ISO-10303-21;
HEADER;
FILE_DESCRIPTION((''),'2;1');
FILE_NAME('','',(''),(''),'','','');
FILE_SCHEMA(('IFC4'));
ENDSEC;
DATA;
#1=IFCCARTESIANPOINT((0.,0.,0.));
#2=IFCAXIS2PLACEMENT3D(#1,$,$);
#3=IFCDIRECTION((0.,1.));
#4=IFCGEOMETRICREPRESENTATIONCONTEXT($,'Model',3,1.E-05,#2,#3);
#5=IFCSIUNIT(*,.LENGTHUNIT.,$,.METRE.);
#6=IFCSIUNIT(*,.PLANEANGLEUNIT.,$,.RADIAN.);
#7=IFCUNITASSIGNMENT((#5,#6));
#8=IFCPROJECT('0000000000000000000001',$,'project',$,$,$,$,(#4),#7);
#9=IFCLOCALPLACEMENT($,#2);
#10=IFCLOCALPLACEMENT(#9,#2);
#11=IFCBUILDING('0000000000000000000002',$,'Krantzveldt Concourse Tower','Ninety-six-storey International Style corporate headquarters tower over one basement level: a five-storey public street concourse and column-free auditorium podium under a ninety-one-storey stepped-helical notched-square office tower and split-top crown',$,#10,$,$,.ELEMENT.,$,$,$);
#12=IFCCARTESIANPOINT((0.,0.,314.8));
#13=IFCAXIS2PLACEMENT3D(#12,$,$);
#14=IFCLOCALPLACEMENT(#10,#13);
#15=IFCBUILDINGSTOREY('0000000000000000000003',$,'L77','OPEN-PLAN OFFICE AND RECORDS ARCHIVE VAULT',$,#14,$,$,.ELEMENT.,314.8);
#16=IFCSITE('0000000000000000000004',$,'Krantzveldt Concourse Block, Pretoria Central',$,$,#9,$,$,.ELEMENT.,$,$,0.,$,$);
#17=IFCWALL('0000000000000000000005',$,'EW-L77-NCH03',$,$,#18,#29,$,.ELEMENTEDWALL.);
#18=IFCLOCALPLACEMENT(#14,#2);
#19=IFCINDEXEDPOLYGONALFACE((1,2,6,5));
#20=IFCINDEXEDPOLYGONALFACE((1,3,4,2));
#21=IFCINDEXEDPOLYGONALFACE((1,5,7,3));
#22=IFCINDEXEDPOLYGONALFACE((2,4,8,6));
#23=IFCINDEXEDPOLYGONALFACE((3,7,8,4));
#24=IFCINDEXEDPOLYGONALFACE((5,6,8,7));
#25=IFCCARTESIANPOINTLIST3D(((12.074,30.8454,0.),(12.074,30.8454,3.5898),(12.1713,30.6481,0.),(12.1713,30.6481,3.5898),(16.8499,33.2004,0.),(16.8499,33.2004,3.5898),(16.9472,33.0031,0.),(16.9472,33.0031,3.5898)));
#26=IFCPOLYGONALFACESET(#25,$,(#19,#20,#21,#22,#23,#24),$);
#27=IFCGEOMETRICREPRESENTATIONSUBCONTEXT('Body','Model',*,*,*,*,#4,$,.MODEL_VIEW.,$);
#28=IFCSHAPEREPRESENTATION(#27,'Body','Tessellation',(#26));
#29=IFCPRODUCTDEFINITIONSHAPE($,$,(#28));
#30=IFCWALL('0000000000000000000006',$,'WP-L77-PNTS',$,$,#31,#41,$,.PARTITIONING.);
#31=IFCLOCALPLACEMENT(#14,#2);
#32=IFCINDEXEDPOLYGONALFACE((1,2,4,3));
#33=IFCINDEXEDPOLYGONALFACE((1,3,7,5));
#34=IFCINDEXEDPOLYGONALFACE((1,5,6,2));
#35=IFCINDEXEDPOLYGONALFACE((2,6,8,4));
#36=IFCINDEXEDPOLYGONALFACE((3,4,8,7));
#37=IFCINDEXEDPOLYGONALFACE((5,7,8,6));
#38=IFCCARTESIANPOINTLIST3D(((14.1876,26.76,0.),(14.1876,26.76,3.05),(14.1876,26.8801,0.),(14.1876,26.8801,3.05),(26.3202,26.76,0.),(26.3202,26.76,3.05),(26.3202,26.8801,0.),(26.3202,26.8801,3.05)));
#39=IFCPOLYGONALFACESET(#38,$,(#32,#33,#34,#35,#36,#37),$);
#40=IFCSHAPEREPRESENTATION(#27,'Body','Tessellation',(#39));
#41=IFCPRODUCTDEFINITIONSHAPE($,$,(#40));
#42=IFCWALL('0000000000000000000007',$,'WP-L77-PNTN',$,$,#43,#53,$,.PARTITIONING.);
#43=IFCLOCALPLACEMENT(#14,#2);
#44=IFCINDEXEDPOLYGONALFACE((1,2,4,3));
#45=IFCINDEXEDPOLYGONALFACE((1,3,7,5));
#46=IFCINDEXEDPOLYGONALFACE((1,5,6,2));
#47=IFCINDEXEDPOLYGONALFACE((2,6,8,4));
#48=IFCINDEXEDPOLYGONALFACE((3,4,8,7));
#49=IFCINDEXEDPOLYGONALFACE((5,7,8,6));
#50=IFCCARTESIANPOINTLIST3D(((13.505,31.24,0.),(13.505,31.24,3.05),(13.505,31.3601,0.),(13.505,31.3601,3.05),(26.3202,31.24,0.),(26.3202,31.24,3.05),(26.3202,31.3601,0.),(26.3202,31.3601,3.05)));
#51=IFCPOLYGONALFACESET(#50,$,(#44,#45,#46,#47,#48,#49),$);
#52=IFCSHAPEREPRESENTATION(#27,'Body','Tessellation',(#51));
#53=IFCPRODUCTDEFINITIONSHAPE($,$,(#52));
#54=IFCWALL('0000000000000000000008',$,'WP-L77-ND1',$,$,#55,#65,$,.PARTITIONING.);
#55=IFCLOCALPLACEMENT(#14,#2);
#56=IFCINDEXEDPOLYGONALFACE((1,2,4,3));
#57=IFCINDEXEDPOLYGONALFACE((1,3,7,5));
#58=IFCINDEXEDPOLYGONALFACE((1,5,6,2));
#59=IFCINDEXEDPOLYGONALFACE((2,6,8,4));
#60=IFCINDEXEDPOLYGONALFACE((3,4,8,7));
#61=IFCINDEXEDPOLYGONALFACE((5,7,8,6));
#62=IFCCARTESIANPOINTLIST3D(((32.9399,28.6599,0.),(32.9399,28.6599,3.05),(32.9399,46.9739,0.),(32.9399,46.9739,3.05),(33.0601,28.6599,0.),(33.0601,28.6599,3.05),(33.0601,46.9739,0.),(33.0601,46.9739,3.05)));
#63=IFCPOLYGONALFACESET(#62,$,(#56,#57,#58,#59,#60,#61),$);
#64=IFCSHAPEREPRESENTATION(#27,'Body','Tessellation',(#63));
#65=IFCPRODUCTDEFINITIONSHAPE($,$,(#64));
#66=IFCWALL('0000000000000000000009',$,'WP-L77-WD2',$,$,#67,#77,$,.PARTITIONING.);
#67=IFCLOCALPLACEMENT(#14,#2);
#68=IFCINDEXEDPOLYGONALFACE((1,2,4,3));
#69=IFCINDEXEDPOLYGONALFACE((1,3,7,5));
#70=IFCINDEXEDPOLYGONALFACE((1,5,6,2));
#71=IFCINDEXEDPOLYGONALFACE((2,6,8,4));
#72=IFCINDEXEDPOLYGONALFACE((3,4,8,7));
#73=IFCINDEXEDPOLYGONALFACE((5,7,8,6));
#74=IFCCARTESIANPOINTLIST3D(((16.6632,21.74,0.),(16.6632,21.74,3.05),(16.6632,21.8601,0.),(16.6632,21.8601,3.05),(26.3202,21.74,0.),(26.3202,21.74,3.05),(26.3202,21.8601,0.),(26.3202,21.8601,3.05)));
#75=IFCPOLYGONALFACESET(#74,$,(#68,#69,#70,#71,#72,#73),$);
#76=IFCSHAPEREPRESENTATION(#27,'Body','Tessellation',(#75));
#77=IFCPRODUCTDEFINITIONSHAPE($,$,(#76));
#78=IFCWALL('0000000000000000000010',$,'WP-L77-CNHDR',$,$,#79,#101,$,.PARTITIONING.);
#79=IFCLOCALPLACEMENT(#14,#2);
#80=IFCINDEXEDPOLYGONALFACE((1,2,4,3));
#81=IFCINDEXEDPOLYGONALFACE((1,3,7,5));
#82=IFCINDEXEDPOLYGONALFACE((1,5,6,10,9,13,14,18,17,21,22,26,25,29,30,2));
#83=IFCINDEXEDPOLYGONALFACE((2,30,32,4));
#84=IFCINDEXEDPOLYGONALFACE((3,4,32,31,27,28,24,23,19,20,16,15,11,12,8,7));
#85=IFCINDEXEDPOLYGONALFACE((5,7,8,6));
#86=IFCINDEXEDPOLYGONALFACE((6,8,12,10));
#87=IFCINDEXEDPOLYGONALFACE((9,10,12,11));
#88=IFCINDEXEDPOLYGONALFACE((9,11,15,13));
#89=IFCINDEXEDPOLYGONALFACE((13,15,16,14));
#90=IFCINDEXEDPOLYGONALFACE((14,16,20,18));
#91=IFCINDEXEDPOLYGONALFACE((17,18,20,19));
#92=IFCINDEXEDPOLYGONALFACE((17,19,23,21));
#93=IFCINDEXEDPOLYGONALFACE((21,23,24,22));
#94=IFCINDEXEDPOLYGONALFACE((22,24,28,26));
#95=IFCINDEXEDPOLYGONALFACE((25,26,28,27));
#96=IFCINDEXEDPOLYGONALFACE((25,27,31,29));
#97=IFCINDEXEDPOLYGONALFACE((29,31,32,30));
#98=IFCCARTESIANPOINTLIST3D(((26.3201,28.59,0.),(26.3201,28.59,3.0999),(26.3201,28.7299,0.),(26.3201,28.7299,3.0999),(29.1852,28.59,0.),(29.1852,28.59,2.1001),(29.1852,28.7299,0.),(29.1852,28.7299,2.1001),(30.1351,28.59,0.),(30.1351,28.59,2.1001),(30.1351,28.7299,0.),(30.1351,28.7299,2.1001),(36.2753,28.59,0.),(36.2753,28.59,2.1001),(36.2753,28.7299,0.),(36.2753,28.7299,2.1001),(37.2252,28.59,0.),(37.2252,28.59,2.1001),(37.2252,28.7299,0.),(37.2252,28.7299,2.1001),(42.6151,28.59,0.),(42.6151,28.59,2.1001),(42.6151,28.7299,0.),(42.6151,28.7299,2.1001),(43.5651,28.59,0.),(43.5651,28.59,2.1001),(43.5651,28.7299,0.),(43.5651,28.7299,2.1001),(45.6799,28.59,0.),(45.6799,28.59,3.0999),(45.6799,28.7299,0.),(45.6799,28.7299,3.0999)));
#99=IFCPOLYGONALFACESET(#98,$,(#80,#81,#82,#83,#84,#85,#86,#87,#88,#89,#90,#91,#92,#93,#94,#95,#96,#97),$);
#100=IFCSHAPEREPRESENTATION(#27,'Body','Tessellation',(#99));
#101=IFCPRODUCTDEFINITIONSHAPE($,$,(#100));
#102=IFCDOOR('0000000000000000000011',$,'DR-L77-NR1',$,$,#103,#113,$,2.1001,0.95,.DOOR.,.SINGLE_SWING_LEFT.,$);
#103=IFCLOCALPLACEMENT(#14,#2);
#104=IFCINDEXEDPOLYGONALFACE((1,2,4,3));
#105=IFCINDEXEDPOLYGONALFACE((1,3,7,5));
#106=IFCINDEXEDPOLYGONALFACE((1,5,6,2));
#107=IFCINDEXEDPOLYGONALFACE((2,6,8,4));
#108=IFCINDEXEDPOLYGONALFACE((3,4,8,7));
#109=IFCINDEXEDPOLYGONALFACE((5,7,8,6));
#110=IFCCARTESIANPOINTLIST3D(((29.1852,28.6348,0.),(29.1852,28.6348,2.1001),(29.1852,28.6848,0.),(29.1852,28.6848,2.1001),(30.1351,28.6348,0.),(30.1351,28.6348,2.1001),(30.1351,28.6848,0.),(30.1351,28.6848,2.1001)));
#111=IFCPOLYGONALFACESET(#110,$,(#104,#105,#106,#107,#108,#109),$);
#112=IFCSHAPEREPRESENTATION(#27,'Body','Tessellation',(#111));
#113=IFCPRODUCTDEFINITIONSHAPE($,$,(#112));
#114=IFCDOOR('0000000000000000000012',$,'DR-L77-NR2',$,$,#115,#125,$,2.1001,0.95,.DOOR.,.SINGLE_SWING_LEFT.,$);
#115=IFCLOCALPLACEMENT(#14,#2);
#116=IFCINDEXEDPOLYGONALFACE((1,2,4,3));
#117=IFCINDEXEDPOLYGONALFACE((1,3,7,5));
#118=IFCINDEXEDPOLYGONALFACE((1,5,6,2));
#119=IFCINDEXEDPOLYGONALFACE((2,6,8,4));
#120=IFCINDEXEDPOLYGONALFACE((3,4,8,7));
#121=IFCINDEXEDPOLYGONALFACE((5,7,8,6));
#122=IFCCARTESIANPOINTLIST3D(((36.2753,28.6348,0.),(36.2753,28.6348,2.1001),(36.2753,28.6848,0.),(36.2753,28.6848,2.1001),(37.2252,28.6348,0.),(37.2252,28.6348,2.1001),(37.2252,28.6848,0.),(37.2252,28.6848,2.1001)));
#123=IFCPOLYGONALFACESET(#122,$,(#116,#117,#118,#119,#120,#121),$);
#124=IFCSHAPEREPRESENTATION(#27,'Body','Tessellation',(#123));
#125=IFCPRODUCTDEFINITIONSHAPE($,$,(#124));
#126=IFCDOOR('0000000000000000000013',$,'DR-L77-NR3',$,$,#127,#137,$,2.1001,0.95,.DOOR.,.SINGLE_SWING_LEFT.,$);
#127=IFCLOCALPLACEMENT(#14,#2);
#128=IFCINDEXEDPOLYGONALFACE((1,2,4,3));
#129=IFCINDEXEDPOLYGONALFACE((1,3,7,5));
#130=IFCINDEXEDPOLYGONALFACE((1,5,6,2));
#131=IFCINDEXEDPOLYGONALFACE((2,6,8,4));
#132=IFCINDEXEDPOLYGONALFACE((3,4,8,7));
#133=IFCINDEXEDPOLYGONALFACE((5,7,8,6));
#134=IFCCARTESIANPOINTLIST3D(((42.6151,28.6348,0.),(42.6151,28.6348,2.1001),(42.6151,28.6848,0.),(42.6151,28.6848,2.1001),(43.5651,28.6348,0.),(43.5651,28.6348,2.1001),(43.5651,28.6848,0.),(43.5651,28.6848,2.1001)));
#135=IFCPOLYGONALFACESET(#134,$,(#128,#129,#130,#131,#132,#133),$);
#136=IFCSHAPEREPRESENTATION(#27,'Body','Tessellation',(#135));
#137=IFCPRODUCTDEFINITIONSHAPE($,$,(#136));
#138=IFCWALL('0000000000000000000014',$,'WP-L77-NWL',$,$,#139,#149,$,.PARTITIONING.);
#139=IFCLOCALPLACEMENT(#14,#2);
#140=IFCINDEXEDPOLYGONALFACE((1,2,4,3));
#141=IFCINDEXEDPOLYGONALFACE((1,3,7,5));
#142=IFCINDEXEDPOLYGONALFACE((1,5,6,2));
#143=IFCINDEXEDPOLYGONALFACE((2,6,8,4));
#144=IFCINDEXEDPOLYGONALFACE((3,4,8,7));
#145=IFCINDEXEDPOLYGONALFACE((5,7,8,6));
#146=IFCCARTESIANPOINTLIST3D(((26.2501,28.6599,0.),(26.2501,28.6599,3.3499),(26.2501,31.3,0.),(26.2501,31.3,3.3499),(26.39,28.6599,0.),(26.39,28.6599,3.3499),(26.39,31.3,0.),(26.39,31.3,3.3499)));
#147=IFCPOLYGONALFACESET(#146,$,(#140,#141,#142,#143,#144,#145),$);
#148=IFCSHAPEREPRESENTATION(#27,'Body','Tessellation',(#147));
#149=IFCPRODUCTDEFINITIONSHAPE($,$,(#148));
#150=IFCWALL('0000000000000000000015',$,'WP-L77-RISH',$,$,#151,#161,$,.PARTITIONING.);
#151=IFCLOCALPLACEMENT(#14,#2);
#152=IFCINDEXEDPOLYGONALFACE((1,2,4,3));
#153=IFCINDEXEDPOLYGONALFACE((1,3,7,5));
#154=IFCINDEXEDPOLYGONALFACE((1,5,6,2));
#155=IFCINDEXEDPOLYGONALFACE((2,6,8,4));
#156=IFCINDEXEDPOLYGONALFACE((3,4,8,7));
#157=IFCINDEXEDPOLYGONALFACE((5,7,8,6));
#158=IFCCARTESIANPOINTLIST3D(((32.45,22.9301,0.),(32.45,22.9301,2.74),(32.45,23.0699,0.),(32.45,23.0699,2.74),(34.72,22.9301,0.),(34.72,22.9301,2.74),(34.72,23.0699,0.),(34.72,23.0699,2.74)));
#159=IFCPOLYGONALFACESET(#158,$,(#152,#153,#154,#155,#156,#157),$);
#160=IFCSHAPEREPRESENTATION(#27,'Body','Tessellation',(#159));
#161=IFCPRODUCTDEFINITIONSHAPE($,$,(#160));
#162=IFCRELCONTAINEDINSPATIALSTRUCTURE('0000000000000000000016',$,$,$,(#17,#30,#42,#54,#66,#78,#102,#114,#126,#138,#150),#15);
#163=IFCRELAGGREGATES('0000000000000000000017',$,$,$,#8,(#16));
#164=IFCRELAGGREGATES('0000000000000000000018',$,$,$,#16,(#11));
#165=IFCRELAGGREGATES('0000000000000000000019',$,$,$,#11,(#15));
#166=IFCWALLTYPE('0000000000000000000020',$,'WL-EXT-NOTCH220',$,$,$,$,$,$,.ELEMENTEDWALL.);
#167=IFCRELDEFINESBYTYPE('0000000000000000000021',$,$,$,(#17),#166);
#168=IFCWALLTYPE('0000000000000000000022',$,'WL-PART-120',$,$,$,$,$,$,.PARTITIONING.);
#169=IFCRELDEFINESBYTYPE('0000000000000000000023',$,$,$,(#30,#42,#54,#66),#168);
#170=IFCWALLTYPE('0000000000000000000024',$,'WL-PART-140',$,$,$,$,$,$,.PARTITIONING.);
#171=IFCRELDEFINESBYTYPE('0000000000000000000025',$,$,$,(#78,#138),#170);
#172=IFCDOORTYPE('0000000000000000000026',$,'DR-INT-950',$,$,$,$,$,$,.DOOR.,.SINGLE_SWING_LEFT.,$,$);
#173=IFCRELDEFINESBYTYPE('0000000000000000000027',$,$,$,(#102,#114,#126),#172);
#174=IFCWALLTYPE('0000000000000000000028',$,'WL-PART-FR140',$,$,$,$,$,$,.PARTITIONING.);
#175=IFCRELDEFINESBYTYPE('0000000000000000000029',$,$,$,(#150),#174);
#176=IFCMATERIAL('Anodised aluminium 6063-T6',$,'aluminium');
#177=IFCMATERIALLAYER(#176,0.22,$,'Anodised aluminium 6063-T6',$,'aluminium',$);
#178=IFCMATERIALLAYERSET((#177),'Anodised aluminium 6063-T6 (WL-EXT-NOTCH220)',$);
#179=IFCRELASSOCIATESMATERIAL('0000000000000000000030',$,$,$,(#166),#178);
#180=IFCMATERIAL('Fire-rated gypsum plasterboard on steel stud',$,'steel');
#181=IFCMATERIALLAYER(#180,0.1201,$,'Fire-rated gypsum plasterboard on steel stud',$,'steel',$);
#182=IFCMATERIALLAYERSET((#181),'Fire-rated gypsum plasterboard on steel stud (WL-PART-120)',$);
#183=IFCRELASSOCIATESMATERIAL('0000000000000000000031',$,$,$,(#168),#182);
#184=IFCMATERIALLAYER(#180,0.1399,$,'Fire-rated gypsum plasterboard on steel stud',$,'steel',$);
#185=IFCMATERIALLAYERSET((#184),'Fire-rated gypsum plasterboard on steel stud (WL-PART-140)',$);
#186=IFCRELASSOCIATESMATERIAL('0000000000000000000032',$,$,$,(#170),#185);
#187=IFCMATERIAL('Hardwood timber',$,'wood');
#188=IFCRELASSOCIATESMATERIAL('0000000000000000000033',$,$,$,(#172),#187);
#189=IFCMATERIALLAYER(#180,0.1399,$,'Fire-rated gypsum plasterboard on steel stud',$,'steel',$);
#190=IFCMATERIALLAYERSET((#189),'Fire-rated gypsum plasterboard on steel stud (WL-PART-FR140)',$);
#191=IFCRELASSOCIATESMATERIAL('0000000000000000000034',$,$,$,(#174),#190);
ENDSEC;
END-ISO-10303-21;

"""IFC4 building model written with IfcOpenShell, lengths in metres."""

from ifc_helpers import new_model, si_unit, direction, frame, frame_2d, origin, place, context, subcontext, project, spatial, rectangle, extrude, material, layer, layer_set, type_object, element, fill, save


model = new_model("IFC4")

# Units and contexts
model_context = context("Model", 3, precision=1e-05, world=origin(), true_north=direction((0.0, 1.0)))
body_context = subcontext(model_context, "Body", "Model", "MODEL_VIEW")
ifc_project = project(units=[si_unit("LENGTHUNIT", "METRE"), si_unit("PLANEANGLEUNIT", "RADIAN")], contexts=[model_context])

# Site, building, storey
site_placement = place(None, origin())
site = spatial("IfcSite", under=ifc_project, at=site_placement, Name="Krantzveldt Concourse Block, Pretoria Central", CompositionType="ELEMENT", RefElevation=0.0)
building_placement = place(site_placement, origin())
building = spatial("IfcBuilding", under=site, at=building_placement, Name="Krantzveldt Concourse Tower", Description="Ninety-six-storey International Style corporate headquarters tower over one basement level: a five-storey public street concourse and column-free auditorium podium under a ninety-one-storey stepped-helical notched-square office tower and split-top crown", CompositionType="ELEMENT")
storey_placement = place(building_placement, frame((0.0, 0.0, 314.8)))
storey = spatial("IfcBuildingStorey", under=building, at=storey_placement, Name="L77", Description="OPEN-PLAN OFFICE AND RECORDS ARCHIVE VAULT", CompositionType="ELEMENT", Elevation=314.8)

# Shared definitions
ifc_material_1 = material(Name="Anodised aluminium 6063-T6", Category="aluminium")

# Walls
ifc_layer_1 = layer(ifc_material_1, 0.22, Name="Anodised aluminium 6063-T6", Category="aluminium")
ifc_layer_set_1 = layer_set([ifc_layer_1], Name="Anodised aluminium 6063-T6 (WL-EXT-NOTCH220)")
wall_type_1 = type_object("IfcWallType", Name="WL-EXT-NOTCH220", PredefinedType="ELEMENTEDWALL", material=ifc_layer_set_1)
wall_1_placement = place(storey_placement, frame((16.8987, 33.1018, 0.0), z_axis=(0.0, 0.0, 1.0), x_axis=(-0.896889, -0.442255, 0.0)))
element("IfcWall", 1, at=wall_1_placement, inside=storey, type_object=wall_type_1, Name="EW-L77-NCH03", PredefinedType="ELEMENTEDWALL", context=body_context, shape_type="SweptSolid", body=[
    extrude(rectangle(XDim=5.325, YDim=0.22, at=frame_2d((2.6626, 0.0))), origin(), (0.0, 0.0, 1.0), 3.5898),
])
ifc_material_2 = material(Name="Fire-rated gypsum plasterboard on steel stud", Category="steel")
ifc_layer_2 = layer(ifc_material_2, 0.1201, Name="Fire-rated gypsum plasterboard on steel stud", Category="steel")
ifc_layer_set_2 = layer_set([ifc_layer_2], Name="Fire-rated gypsum plasterboard on steel stud (WL-PART-120)")
wall_type_2 = type_object("IfcWallType", Name="WL-PART-120", PredefinedType="PARTITIONING", material=ifc_layer_set_2)
wall_2_placement = place(storey_placement, frame((14.1875, 26.8201, 0.0), z_axis=(0.0, 0.0, 1.0), x_axis=(1.0, 0.0, 0.0)))
element("IfcWall", 2, at=wall_2_placement, inside=storey, type_object=wall_type_2, Name="WP-L77-PNTS", PredefinedType="PARTITIONING", context=body_context, shape_type="SweptSolid", body=[
    extrude(rectangle(XDim=12.1326, YDim=0.1201, at=frame_2d((6.0664, 0.0))), origin(), (0.0, 0.0, 1.0), 3.05),
])
wall_3_placement = place(storey_placement, frame((13.5049, 31.3, 0.0), z_axis=(0.0, 0.0, 1.0), x_axis=(1.0, 0.0, 0.0)))
element("IfcWall", 3, at=wall_3_placement, inside=storey, type_object=wall_type_2, Name="WP-L77-PNTN", PredefinedType="PARTITIONING", context=body_context, shape_type="SweptSolid", body=[
    extrude(rectangle(XDim=12.8152, YDim=0.1201, at=frame_2d((6.4077, 0.0))), origin(), (0.0, 0.0, 1.0), 3.05),
])
wall_4_placement = place(storey_placement, frame((33.0, 28.6599, 0.0), z_axis=(0.0, 0.0, 1.0), x_axis=(0.0, 1.0, 0.0)))
element("IfcWall", 4, at=wall_4_placement, inside=storey, type_object=wall_type_2, Name="WP-L77-ND1", PredefinedType="PARTITIONING", context=body_context, shape_type="SweptSolid", body=[
    extrude(rectangle(XDim=18.314, YDim=0.1201, at=frame_2d((9.157, 0.0))), origin(), (0.0, 0.0, 1.0), 3.05),
])
wall_5_placement = place(storey_placement, frame((16.6631, 21.8, 0.0), z_axis=(0.0, 0.0, 1.0), x_axis=(1.0, 0.0, 0.0)))
element("IfcWall", 5, at=wall_5_placement, inside=storey, type_object=wall_type_2, Name="WP-L77-WD2", PredefinedType="PARTITIONING", context=body_context, shape_type="SweptSolid", body=[
    extrude(rectangle(XDim=9.657, YDim=0.1201, at=frame_2d((4.8286, 0.0))), origin(), (0.0, 0.0, 1.0), 3.05),
])

# Wall, openings, doors
ifc_layer_3 = layer(ifc_material_2, 0.1399, Name="Fire-rated gypsum plasterboard on steel stud", Category="steel")
ifc_layer_set_3 = layer_set([ifc_layer_3], Name="Fire-rated gypsum plasterboard on steel stud (WL-PART-140)")
wall_type_3 = type_object("IfcWallType", Name="WL-PART-140", PredefinedType="PARTITIONING", material=ifc_layer_set_3)
wall_6_placement = place(storey_placement, frame((26.3201, 28.6599, 0.0), z_axis=(0.0, 0.0, 1.0), x_axis=(1.0, 0.0, 0.0)))
wall_6 = element("IfcWall", 6, at=wall_6_placement, inside=storey, type_object=wall_type_3, Name="WP-L77-CNHDR", PredefinedType="PARTITIONING", context=body_context, shape_type="SweptSolid", body=[
    extrude(rectangle(XDim=19.3599, YDim=0.1399, at=frame_2d((9.6799, 0.0))), origin(), (0.0, 0.0, 1.0), 3.0999),
])
opening_1_placement = place(wall_6_placement, frame((2.865, 0.0, 0.0)))
opening_1 = element("IfcOpeningElement", 7, at=opening_1_placement, cuts=wall_6, PredefinedType="OPENING", context=body_context, shape_type="SweptSolid", body=[
    extrude(rectangle(XDim=0.95, YDim=2.1001, at=frame_2d((0.4751, 1.05))), frame((0.0, 0.0801, 0.0), z_axis=(0.0, -1.0, 0.0), x_axis=(1.0, 0.0, 0.0)), (0.0, 0.0, 1.0), 0.1599),
])
opening_2_placement = place(wall_6_placement, frame((9.9551, 0.0, 0.0)))
opening_2 = element("IfcOpeningElement", 8, at=opening_2_placement, cuts=wall_6, PredefinedType="OPENING", context=body_context, shape_type="SweptSolid", body=[
    extrude(rectangle(XDim=0.95, YDim=2.1001, at=frame_2d((0.4751, 1.05))), frame((0.0, 0.0801, 0.0), z_axis=(0.0, -1.0, 0.0), x_axis=(1.0, 0.0, 0.0)), (0.0, 0.0, 1.0), 0.1599),
])
opening_3_placement = place(wall_6_placement, frame((16.2949, 0.0, 0.0)))
opening_3 = element("IfcOpeningElement", 9, at=opening_3_placement, cuts=wall_6, PredefinedType="OPENING", context=body_context, shape_type="SweptSolid", body=[
    extrude(rectangle(XDim=0.95, YDim=2.1001, at=frame_2d((0.4751, 1.05))), frame((0.0, 0.0801, 0.0), z_axis=(0.0, -1.0, 0.0), x_axis=(1.0, 0.0, 0.0)), (0.0, 0.0, 1.0), 0.1599),
])
ifc_material_3 = material(Name="Hardwood timber", Category="wood")
door_type_1 = type_object("IfcDoorType", Name="DR-INT-950", OperationType="SINGLE_SWING_LEFT", PredefinedType="DOOR", material=ifc_material_3)
door_1_placement = place(opening_1_placement, origin())
door_1 = element("IfcDoor", 10, at=door_1_placement, inside=storey, type_object=door_type_1, Name="DR-L77-NR1", OperationType="SINGLE_SWING_LEFT", OverallHeight=2.1001, OverallWidth=0.95, PredefinedType="DOOR", context=body_context, shape_type="SweptSolid", body=[
    extrude(rectangle(XDim=0.95, YDim=2.1001, at=frame_2d((0.4751, 1.05))), frame((0.0, 0.0249, 0.0), z_axis=(0.0, -1.0, 0.0), x_axis=(1.0, 0.0, 0.0)), (0.0, 0.0, 1.0), 0.05),
])
fill(opening_1, door_1)
door_2_placement = place(opening_2_placement, origin())
door_2 = element("IfcDoor", 11, at=door_2_placement, inside=storey, type_object=door_type_1, Name="DR-L77-NR2", OperationType="SINGLE_SWING_LEFT", OverallHeight=2.1001, OverallWidth=0.95, PredefinedType="DOOR", context=body_context, shape_type="SweptSolid", body=[
    extrude(rectangle(XDim=0.95, YDim=2.1001, at=frame_2d((0.4751, 1.05))), frame((0.0, 0.0249, 0.0), z_axis=(0.0, -1.0, 0.0), x_axis=(1.0, 0.0, 0.0)), (0.0, 0.0, 1.0), 0.05),
])
fill(opening_2, door_2)
door_3_placement = place(opening_3_placement, origin())
door_3 = element("IfcDoor", 12, at=door_3_placement, inside=storey, type_object=door_type_1, Name="DR-L77-NR3", OperationType="SINGLE_SWING_LEFT", OverallHeight=2.1001, OverallWidth=0.95, PredefinedType="DOOR", context=body_context, shape_type="SweptSolid", body=[
    extrude(rectangle(XDim=0.95, YDim=2.1001, at=frame_2d((0.4751, 1.05))), frame((0.0, 0.0249, 0.0), z_axis=(0.0, -1.0, 0.0), x_axis=(1.0, 0.0, 0.0)), (0.0, 0.0, 1.0), 0.05),
])
fill(opening_3, door_3)

# Walls
wall_7_placement = place(storey_placement, frame((26.3201, 28.6599, 0.0), z_axis=(0.0, 0.0, 1.0), x_axis=(0.0, 1.0, 0.0)))
element("IfcWall", 13, at=wall_7_placement, inside=storey, type_object=wall_type_3, Name="WP-L77-NWL", PredefinedType="PARTITIONING", context=body_context, shape_type="SweptSolid", body=[
    extrude(rectangle(XDim=2.6401, YDim=0.1399, at=frame_2d((1.3201, 0.0))), origin(), (0.0, 0.0, 1.0), 3.3499),
])
ifc_layer_4 = layer(ifc_material_2, 0.1399, Name="Fire-rated gypsum plasterboard on steel stud", Category="steel")
ifc_layer_set_4 = layer_set([ifc_layer_4], Name="Fire-rated gypsum plasterboard on steel stud (WL-PART-FR140)")
wall_type_4 = type_object("IfcWallType", Name="WL-PART-FR140", PredefinedType="PARTITIONING", material=ifc_layer_set_4)
wall_8_placement = place(storey_placement, frame((32.45, 23.0, 0.0), z_axis=(0.0, 0.0, 1.0), x_axis=(1.0, 0.0, 0.0)))
element("IfcWall", 14, at=wall_8_placement, inside=storey, type_object=wall_type_4, Name="WP-L77-RISH", PredefinedType="PARTITIONING", context=body_context, shape_type="SweptSolid", body=[
    extrude(rectangle(XDim=2.27, YDim=0.1399, at=frame_2d((1.135, 0.0))), origin(), (0.0, 0.0, 1.0), 2.74),
])

save(model, "model.ifc")
